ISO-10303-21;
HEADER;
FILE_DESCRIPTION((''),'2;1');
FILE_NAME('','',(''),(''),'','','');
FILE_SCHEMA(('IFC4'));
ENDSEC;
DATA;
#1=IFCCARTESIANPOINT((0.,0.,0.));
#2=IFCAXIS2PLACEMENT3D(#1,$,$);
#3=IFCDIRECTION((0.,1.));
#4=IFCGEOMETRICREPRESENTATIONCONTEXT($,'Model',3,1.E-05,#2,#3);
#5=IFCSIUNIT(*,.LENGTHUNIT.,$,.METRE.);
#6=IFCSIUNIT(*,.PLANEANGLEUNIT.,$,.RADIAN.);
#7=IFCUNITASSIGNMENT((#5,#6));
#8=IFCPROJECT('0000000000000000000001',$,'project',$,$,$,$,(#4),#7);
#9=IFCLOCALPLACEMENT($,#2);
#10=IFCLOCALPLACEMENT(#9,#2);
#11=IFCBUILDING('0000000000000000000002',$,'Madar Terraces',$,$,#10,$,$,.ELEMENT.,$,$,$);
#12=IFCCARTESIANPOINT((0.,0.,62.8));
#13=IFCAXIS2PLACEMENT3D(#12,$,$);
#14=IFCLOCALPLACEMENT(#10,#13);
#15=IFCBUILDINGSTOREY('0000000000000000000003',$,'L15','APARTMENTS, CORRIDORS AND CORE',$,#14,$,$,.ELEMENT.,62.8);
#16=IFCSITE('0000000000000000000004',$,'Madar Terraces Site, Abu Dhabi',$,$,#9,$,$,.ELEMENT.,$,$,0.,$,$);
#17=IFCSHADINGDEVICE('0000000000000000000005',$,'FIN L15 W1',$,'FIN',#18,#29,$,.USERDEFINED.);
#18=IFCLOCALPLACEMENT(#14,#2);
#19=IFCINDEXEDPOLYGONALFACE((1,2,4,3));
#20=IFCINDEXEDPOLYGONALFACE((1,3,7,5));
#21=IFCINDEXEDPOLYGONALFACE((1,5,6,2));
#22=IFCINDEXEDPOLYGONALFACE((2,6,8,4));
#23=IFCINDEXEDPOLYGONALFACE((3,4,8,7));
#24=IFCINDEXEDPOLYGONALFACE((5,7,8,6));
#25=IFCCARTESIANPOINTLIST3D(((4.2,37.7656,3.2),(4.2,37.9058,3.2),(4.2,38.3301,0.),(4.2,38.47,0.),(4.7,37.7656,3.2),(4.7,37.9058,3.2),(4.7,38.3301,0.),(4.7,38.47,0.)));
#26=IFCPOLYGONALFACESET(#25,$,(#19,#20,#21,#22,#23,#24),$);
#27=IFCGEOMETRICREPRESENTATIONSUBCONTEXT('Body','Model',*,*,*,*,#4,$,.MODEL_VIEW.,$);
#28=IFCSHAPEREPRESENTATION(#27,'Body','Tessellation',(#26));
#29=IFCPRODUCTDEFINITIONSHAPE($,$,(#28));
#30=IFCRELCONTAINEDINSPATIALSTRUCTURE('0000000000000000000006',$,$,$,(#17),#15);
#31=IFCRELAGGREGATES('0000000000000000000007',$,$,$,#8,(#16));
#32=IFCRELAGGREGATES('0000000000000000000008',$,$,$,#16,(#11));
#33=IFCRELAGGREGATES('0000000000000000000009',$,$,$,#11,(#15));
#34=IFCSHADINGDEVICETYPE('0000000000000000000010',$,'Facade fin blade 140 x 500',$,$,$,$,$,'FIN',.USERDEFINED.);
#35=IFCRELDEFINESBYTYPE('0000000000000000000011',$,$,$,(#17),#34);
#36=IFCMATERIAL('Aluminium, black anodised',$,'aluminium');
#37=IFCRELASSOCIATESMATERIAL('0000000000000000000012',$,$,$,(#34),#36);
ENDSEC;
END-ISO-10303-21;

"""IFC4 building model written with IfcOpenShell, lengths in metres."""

from ifc_helpers import new_model, si_unit, direction, frame, origin, place, context, subcontext, project, spatial, polyline, outline, extrude, material, type_object, element, save


model = new_model("IFC4")

# Units and contexts
model_context = context("Model", 3, precision=1e-05, world=origin(), true_north=direction((0.0, 1.0)))
body_context = subcontext(model_context, "Body", "Model", "MODEL_VIEW")
ifc_project = project(units=[si_unit("LENGTHUNIT", "METRE"), si_unit("PLANEANGLEUNIT", "RADIAN")], contexts=[model_context])

# Site, building, storey
site_placement = place(None, origin())
site = spatial("IfcSite", under=ifc_project, at=site_placement, Name="Madar Terraces Site, Abu Dhabi", CompositionType="ELEMENT", RefElevation=0.0)
building_placement = place(site_placement, origin())
building = spatial("IfcBuilding", under=site, at=building_placement, Name="Madar Terraces", CompositionType="ELEMENT")
storey_placement = place(building_placement, frame((0.0, 0.0, 62.8)))
storey = spatial("IfcBuildingStorey", under=building, at=storey_placement, Name="L15", Description="APARTMENTS, CORRIDORS AND CORE", CompositionType="ELEMENT", Elevation=62.8)

# Shading device
ifc_material_1 = material(Name="Aluminium, black anodised", Category="aluminium")
shading_device_type = type_object("IfcShadingDeviceType", Name="Facade fin blade 140 x 500", ElementType="FIN", PredefinedType="USERDEFINED", material=ifc_material_1)
shading_device_placement = place(storey_placement, frame((4.45, 38.47, 0.0), z_axis=(0.0, 0.0, 1.0), x_axis=(0.0, -1.0, 0.0)))
element("IfcShadingDevice", 1, at=shading_device_placement, inside=storey, type_object=shading_device_type, Name="FIN L15 W1", ObjectType="FIN", PredefinedType="USERDEFINED", context=body_context, shape_type="SweptSolid", body=[
    extrude(outline(polyline([(0.0, 0.0), (0.1399, 0.0), (0.7043, 3.2), (0.5642, 3.2), (0.0, 0.0)])), frame((0.0, 0.25, 0.0), z_axis=(0.0, -1.0, 0.0), x_axis=(1.0, 0.0, 0.0)), (0.0, 0.0, 1.0), 0.5),
])

save(model, "model.ifc")
